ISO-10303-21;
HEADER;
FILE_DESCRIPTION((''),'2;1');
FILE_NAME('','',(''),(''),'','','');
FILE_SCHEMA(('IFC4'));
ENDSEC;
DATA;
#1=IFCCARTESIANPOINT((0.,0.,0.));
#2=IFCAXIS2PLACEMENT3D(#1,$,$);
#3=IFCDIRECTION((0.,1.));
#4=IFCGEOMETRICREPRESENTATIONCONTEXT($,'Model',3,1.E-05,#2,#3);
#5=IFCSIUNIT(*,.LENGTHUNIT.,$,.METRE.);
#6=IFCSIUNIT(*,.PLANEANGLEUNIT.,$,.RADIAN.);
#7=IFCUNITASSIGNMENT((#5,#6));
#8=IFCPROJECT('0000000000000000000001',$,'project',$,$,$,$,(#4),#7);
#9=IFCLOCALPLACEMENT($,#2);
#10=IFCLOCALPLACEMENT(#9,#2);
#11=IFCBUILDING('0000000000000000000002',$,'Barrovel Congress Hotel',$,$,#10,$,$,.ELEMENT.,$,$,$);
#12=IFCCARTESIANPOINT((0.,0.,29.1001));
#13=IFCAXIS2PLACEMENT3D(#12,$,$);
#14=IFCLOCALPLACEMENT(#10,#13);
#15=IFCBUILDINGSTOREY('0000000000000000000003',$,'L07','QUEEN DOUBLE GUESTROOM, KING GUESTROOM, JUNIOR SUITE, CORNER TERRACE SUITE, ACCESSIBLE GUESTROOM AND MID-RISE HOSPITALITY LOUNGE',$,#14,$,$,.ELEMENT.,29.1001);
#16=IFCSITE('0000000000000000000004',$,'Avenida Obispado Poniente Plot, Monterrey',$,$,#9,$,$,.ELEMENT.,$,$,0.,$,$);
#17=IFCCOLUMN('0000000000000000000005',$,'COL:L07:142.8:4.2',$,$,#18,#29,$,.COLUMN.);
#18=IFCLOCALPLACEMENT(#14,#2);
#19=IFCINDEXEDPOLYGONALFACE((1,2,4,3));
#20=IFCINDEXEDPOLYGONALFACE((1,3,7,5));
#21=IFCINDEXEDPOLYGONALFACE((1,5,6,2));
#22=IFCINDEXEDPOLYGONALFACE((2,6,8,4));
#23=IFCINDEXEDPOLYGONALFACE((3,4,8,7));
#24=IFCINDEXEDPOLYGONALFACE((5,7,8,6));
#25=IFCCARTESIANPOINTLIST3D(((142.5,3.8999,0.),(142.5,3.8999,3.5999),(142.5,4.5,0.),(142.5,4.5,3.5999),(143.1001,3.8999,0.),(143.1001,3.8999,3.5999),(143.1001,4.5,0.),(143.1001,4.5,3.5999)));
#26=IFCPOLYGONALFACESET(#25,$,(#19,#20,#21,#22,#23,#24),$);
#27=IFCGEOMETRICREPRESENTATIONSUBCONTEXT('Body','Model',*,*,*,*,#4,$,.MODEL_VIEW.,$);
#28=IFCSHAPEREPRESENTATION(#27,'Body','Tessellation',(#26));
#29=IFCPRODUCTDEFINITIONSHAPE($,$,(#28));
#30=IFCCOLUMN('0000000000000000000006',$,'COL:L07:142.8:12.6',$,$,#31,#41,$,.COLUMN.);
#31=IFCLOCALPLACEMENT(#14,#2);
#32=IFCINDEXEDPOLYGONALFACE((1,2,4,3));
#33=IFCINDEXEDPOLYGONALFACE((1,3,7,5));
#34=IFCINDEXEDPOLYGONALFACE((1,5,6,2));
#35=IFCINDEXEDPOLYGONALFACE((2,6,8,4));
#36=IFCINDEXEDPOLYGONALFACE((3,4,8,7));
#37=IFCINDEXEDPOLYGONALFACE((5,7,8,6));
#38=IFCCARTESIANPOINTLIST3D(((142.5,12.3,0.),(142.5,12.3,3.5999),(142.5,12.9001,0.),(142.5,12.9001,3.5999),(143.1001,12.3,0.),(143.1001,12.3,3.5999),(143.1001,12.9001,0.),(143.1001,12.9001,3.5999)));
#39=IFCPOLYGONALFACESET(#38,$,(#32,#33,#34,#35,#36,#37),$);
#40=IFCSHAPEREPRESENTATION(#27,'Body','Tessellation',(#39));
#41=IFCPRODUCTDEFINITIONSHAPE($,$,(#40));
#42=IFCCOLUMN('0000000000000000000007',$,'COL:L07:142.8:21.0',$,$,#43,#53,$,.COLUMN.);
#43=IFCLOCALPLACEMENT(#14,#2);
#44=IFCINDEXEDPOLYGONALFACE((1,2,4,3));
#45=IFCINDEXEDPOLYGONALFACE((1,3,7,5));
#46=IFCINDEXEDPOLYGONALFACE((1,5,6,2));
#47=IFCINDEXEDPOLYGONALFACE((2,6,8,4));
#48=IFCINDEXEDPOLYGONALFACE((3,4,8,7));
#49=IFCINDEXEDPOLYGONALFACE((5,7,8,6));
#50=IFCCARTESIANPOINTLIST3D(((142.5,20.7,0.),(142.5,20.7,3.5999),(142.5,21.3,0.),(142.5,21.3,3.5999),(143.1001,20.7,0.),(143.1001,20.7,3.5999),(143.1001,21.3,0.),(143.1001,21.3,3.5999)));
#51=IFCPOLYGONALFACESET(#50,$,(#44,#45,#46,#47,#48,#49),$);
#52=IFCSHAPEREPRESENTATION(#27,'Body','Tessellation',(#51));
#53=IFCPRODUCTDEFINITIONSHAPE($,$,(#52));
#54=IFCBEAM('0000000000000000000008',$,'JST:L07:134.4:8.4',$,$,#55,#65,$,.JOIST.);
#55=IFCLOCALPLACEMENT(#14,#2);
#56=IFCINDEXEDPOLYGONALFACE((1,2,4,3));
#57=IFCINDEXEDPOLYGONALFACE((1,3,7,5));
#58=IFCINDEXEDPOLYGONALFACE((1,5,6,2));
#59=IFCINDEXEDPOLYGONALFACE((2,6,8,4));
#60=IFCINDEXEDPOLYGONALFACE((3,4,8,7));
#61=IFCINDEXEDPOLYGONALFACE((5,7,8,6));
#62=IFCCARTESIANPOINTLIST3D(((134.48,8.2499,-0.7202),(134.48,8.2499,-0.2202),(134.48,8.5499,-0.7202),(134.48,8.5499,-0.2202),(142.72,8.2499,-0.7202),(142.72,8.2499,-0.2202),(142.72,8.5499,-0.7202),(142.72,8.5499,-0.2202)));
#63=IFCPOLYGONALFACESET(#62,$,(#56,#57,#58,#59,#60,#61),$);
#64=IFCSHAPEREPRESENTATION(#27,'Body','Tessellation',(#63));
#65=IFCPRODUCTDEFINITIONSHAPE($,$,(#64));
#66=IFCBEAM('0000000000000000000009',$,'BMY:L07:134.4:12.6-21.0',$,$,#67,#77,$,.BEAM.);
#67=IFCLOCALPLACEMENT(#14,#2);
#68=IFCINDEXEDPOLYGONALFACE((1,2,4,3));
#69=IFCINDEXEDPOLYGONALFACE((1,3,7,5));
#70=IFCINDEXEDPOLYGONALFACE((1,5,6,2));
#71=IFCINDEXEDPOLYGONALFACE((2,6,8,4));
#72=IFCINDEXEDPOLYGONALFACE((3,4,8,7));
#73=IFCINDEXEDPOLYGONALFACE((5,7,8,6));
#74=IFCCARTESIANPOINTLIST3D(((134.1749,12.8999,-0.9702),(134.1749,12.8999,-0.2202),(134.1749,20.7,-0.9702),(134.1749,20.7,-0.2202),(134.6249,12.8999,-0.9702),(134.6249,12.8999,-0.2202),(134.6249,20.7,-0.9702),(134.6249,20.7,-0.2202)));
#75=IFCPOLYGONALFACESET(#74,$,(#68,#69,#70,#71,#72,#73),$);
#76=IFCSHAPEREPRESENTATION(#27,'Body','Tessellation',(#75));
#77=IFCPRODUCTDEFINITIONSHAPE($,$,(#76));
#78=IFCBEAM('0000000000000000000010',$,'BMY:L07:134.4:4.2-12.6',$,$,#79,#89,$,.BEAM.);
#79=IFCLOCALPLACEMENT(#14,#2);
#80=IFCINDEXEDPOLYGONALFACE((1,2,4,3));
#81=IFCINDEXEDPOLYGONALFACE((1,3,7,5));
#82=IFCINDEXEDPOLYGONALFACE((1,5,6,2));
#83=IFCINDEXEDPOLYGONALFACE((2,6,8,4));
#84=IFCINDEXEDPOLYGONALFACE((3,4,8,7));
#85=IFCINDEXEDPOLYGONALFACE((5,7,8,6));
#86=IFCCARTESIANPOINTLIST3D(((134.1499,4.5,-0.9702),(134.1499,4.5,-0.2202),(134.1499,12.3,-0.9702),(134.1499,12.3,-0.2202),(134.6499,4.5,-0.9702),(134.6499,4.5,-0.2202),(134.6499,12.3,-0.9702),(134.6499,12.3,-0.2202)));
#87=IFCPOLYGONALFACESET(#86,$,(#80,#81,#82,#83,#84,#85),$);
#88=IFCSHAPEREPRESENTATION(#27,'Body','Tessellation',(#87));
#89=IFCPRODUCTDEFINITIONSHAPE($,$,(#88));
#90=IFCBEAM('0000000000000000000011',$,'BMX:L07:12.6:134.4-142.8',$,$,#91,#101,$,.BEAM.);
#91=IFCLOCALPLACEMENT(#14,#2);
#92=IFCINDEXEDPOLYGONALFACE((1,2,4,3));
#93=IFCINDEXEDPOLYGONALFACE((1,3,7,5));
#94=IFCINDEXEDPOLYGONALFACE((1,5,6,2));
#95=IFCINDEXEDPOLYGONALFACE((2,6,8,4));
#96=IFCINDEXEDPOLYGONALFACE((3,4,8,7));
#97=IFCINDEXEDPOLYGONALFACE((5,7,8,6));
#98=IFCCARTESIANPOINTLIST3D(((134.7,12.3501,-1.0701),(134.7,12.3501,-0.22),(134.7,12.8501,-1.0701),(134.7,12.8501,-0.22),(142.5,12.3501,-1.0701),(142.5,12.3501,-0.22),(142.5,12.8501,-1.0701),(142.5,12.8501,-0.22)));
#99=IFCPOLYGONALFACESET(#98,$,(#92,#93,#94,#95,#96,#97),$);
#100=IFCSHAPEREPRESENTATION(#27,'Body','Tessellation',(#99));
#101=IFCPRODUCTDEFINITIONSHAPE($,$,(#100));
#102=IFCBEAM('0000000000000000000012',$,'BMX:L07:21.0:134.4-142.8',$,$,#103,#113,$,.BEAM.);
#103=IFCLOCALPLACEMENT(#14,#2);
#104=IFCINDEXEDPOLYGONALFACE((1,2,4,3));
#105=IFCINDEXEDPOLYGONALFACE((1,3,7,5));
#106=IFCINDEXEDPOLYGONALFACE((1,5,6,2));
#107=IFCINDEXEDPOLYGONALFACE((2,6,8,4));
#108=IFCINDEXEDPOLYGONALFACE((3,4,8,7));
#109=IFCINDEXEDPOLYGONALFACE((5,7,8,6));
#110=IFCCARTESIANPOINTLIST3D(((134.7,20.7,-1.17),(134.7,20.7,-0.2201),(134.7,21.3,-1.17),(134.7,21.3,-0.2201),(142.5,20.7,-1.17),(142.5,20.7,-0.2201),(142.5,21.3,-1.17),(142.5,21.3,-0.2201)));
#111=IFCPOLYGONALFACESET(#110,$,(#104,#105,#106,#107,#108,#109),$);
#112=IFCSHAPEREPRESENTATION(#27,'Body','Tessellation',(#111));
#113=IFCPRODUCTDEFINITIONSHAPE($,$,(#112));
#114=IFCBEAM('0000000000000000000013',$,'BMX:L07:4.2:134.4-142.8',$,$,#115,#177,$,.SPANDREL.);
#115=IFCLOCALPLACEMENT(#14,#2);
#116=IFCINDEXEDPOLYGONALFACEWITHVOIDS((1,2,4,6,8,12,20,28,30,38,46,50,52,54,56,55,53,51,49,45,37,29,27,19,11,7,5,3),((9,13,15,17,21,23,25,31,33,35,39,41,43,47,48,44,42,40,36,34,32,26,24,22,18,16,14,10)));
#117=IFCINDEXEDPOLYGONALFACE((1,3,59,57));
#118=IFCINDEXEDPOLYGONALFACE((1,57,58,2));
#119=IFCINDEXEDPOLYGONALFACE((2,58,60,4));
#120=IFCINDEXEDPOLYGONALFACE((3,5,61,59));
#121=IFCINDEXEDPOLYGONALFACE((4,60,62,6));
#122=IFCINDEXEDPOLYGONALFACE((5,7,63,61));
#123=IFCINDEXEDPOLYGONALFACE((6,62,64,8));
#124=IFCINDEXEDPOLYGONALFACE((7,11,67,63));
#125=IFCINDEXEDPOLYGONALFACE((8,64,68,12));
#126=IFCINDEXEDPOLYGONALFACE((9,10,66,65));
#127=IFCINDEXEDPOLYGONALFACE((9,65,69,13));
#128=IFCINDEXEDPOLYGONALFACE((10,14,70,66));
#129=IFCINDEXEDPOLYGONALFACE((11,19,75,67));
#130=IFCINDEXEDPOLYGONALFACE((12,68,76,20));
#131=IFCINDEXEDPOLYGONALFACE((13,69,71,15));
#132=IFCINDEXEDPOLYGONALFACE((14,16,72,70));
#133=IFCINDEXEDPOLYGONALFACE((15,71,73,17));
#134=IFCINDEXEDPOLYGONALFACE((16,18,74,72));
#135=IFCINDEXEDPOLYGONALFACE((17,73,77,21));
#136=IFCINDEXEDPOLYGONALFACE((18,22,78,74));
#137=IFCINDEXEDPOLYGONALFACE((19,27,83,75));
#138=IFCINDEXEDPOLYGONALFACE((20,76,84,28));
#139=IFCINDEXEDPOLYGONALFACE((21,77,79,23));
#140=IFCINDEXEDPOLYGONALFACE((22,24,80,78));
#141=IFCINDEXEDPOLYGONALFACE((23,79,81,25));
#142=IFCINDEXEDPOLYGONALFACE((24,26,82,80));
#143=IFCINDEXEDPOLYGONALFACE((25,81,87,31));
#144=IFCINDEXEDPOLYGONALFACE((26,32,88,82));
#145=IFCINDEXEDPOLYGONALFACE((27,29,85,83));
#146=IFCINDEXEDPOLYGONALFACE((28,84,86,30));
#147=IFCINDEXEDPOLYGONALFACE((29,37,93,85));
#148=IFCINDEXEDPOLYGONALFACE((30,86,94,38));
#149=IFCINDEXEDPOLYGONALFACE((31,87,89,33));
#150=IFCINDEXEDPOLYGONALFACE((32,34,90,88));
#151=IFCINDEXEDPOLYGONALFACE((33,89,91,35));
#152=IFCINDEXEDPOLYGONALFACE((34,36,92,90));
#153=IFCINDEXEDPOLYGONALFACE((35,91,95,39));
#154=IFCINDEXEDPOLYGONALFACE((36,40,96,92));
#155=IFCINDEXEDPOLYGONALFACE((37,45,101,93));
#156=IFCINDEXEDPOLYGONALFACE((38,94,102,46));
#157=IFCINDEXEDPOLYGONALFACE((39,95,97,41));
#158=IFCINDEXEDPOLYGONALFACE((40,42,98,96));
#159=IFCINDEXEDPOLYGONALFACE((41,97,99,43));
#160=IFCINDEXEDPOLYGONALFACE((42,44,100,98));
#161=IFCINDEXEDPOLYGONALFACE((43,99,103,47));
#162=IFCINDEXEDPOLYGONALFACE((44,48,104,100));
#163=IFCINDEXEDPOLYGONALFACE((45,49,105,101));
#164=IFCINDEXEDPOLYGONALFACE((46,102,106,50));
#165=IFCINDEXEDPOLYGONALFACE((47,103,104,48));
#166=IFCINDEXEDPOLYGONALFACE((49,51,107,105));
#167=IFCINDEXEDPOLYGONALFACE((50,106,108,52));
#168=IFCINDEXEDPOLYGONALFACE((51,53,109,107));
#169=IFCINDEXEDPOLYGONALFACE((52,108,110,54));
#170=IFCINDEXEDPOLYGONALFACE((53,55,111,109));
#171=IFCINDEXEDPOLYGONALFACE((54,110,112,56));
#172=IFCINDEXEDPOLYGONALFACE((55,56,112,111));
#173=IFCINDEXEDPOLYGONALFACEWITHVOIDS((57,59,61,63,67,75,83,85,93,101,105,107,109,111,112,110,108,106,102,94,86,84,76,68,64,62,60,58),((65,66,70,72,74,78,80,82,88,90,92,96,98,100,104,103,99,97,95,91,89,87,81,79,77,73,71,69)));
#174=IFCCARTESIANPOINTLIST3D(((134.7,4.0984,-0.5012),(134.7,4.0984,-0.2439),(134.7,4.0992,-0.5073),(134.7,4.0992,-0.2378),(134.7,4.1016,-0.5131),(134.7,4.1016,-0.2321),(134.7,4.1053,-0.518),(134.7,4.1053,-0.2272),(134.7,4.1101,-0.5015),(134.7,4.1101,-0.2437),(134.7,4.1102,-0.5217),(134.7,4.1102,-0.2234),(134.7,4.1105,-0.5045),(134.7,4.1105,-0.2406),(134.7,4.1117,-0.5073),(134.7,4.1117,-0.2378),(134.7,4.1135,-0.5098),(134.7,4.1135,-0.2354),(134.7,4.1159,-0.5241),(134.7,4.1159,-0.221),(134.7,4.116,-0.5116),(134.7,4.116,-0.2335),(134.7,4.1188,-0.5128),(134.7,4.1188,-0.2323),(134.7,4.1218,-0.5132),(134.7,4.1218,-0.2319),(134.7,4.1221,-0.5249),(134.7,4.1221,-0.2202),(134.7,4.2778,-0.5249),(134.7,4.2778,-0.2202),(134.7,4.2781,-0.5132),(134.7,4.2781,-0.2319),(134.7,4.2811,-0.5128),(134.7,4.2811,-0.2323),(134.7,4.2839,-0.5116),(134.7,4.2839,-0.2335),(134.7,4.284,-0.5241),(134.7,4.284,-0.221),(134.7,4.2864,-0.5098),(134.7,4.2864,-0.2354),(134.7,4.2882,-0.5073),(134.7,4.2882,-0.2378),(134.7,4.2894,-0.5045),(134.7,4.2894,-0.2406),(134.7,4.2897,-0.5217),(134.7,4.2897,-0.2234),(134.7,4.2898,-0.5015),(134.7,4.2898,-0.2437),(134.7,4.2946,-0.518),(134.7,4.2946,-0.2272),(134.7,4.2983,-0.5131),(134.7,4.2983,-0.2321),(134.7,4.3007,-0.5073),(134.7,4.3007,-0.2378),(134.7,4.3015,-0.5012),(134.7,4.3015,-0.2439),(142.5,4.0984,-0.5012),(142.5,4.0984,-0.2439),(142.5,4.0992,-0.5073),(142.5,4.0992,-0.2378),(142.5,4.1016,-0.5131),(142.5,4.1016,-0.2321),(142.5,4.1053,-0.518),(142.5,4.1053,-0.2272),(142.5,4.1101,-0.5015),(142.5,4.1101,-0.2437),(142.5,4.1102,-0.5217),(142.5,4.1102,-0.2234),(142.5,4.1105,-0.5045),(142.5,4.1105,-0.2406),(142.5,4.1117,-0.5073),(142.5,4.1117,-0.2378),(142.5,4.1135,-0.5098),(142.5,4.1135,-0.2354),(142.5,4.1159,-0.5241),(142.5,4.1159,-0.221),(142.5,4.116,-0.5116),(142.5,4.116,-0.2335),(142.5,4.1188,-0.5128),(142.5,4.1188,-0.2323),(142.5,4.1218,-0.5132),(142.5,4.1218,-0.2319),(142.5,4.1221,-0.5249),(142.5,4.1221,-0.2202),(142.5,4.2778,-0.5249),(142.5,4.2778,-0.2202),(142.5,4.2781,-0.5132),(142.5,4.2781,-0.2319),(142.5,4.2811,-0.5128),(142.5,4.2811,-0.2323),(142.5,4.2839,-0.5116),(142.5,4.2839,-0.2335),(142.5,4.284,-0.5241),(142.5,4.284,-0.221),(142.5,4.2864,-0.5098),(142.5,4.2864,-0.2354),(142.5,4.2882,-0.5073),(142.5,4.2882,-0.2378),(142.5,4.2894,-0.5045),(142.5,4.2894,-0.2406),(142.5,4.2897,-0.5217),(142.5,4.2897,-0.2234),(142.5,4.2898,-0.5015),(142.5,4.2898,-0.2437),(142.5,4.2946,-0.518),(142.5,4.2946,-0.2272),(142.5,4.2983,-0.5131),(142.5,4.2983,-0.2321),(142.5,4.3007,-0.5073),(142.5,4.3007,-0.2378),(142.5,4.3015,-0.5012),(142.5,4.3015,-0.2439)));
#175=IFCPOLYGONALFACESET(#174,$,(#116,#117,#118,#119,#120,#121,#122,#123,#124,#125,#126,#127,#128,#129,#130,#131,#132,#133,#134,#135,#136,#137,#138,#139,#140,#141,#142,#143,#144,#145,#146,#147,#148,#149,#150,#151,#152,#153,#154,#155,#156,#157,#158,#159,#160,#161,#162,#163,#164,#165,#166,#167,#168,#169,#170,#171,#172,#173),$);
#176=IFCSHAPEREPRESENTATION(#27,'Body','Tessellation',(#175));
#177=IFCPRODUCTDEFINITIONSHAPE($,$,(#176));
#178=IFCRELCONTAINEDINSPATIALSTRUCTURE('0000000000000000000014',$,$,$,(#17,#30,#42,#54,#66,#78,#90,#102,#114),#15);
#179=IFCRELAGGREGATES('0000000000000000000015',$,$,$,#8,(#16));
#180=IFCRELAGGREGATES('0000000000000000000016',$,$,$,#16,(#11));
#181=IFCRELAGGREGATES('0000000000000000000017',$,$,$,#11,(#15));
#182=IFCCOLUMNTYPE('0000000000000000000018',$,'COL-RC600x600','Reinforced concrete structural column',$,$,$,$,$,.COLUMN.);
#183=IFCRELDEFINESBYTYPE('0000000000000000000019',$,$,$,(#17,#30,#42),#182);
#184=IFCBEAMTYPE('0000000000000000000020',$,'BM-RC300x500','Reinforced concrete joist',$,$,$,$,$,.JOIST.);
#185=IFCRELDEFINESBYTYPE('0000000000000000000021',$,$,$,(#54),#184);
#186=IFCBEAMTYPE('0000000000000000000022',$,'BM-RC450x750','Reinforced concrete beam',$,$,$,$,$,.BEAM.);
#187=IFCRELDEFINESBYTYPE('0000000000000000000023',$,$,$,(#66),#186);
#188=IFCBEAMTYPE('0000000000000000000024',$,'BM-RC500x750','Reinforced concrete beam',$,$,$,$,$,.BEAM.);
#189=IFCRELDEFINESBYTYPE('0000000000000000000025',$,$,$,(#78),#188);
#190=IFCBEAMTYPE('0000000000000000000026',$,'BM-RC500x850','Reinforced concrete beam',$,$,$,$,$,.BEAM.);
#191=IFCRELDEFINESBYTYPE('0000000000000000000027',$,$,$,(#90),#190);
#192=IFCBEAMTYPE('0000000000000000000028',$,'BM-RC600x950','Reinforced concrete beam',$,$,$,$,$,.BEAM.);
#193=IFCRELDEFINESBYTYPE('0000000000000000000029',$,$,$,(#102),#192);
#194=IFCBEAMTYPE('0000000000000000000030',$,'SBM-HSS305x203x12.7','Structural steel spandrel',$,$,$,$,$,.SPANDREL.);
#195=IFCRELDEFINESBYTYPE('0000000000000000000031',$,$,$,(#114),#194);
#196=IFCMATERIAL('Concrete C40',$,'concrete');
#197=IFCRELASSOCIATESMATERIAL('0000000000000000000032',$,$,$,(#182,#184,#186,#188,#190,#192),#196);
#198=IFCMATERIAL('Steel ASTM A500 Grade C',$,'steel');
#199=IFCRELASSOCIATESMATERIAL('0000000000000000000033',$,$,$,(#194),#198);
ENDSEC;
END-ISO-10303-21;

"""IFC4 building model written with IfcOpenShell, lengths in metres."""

from ifc_helpers import new_model, si_unit, direction, frame, origin, origin_2d, place, context, subcontext, project, spatial, rectangle, hollow_rectangle, extrude, material, material_profile, profile_set, type_object, element, save


model = new_model("IFC4")

# Units and contexts
model_context = context("Model", 3, precision=1e-05, world=origin(), true_north=direction((0.0, 1.0)))
body_context = subcontext(model_context, "Body", "Model", "MODEL_VIEW")
ifc_project = project(units=[si_unit("LENGTHUNIT", "METRE"), si_unit("PLANEANGLEUNIT", "RADIAN")], contexts=[model_context])

# Site, building, storey
site_placement = place(None, origin())
site = spatial("IfcSite", under=ifc_project, at=site_placement, Name="Avenida Obispado Poniente Plot, Monterrey", CompositionType="ELEMENT", RefElevation=0.0)
building_placement = place(site_placement, origin())
building = spatial("IfcBuilding", under=site, at=building_placement, Name="Barrovel Congress Hotel", CompositionType="ELEMENT")
storey_placement = place(building_placement, frame((0.0, 0.0, 29.1001)))
storey = spatial("IfcBuildingStorey", under=building, at=storey_placement, Name="L07", Description="QUEEN DOUBLE GUESTROOM, KING GUESTROOM, JUNIOR SUITE, CORNER TERRACE SUITE, ACCESSIBLE GUESTROOM AND MID-RISE HOSPITALITY LOUNGE", CompositionType="ELEMENT", Elevation=29.1001)

# Columns
ifc_material_1 = material(Name="Concrete C40", Category="concrete")
ifc_material_profile_1 = material_profile(ifc_material_1, rectangle(XDim=0.6001, YDim=0.6001, at=origin_2d()), Name="RC600x600")
ifc_profile_set_1 = profile_set([ifc_material_profile_1], Name="Concrete C40")
column_type = type_object("IfcColumnType", Name="COL-RC600x600", Description="Reinforced concrete structural column", PredefinedType="COLUMN", material=ifc_profile_set_1)
for number, where, z_axis, x_axis, name in (
    (1, (142.8, 4.2, 0.0), (0.0, 0.0, 1.0), (1.0, 0.0, 0.0), "COL:L07:142.8:4.2"),
    (2, (142.8, 12.6001, 0.0), (0.0, 0.0, 1.0), (1.0, 0.0, 0.0), "COL:L07:142.8:12.6"),
    (3, (142.8, 21.0, 0.0), (0.0, 0.0, 1.0), (1.0, 0.0, 0.0), "COL:L07:142.8:21.0"),
):
    element("IfcColumn", number, at=place(storey_placement, frame(where, z_axis=z_axis, x_axis=x_axis)), inside=storey, type_object=column_type, Name=name, PredefinedType="COLUMN", context=body_context, shape_type="SweptSolid", body=[
        extrude(rectangle(XDim=0.6001, YDim=0.6001, at=origin_2d()), origin(), (0.0, 0.0, 1.0), 3.5999),
    ])

# Beams
ifc_material_profile_2 = material_profile(ifc_material_1, rectangle(XDim=0.3, YDim=0.5, at=origin_2d()), Name="RC300x500")
ifc_profile_set_2 = profile_set([ifc_material_profile_2], Name="Concrete C40")
beam_type_1 = type_object("IfcBeamType", Name="BM-RC300x500", Description="Reinforced concrete joist", PredefinedType="JOIST", material=ifc_profile_set_2)
beam_1_placement = place(storey_placement, frame((134.48, 8.3999, -0.4702), z_axis=(1.0, 0.0, 0.0), x_axis=(0.0, 1.0, 0.0)))
element("IfcBeam", 4, at=beam_1_placement, inside=storey, type_object=beam_type_1, Name="JST:L07:134.4:8.4", PredefinedType="JOIST", context=body_context, shape_type="SweptSolid", body=[
    extrude(rectangle(XDim=0.3, YDim=0.5, at=origin_2d()), origin(), (0.0, 0.0, 1.0), 8.24),
])
ifc_material_profile_3 = material_profile(ifc_material_1, rectangle(XDim=0.45, YDim=0.75, at=origin_2d()), Name="RC450x750")
ifc_profile_set_3 = profile_set([ifc_material_profile_3], Name="Concrete C40")
beam_type_2 = type_object("IfcBeamType", Name="BM-RC450x750", Description="Reinforced concrete beam", PredefinedType="BEAM", material=ifc_profile_set_3)
beam_2_placement = place(storey_placement, frame((134.3999, 12.8999, -0.5952), z_axis=(0.0, 1.0, 0.0), x_axis=(-1.0, 0.0, 0.0)))
element("IfcBeam", 5, at=beam_2_placement, inside=storey, type_object=beam_type_2, Name="BMY:L07:134.4:12.6-21.0", PredefinedType="BEAM", context=body_context, shape_type="SweptSolid", body=[
    extrude(rectangle(XDim=0.45, YDim=0.75, at=origin_2d()), origin(), (0.0, 0.0, 1.0), 7.8),
])
ifc_material_profile_4 = material_profile(ifc_material_1, rectangle(XDim=0.5, YDim=0.75, at=origin_2d()), Name="RC500x750")
ifc_profile_set_4 = profile_set([ifc_material_profile_4], Name="Concrete C40")
beam_type_3 = type_object("IfcBeamType", Name="BM-RC500x750", Description="Reinforced concrete beam", PredefinedType="BEAM", material=ifc_profile_set_4)
beam_3_placement = place(storey_placement, frame((134.3999, 4.5, -0.5952), z_axis=(0.0, 1.0, 0.0), x_axis=(-1.0, 0.0, 0.0)))
element("IfcBeam", 6, at=beam_3_placement, inside=storey, type_object=beam_type_3, Name="BMY:L07:134.4:4.2-12.6", PredefinedType="BEAM", context=body_context, shape_type="SweptSolid", body=[
    extrude(rectangle(XDim=0.5, YDim=0.75, at=origin_2d()), origin(), (0.0, 0.0, 1.0), 7.8),
])
ifc_material_profile_5 = material_profile(ifc_material_1, rectangle(XDim=0.5, YDim=0.8501, at=origin_2d()), Name="RC500x850")
ifc_profile_set_5 = profile_set([ifc_material_profile_5], Name="Concrete C40")
beam_type_4 = type_object("IfcBeamType", Name="BM-RC500x850", Description="Reinforced concrete beam", PredefinedType="BEAM", material=ifc_profile_set_5)
beam_4_placement = place(storey_placement, frame((134.7, 12.6001, -0.645), z_axis=(1.0, 0.0, 0.0), x_axis=(0.0, 1.0, 0.0)))
element("IfcBeam", 7, at=beam_4_placement, inside=storey, type_object=beam_type_4, Name="BMX:L07:12.6:134.4-142.8", PredefinedType="BEAM", context=body_context, shape_type="SweptSolid", body=[
    extrude(rectangle(XDim=0.5, YDim=0.8501, at=origin_2d()), origin(), (0.0, 0.0, 1.0), 7.8),
])
ifc_material_profile_6 = material_profile(ifc_material_1, rectangle(XDim=0.6001, YDim=0.95, at=origin_2d()), Name="RC600x950")
ifc_profile_set_6 = profile_set([ifc_material_profile_6], Name="Concrete C40")
beam_type_5 = type_object("IfcBeamType", Name="BM-RC600x950", Description="Reinforced concrete beam", PredefinedType="BEAM", material=ifc_profile_set_6)
beam_5_placement = place(storey_placement, frame((134.7, 21.0, -0.6951), z_axis=(1.0, 0.0, 0.0), x_axis=(0.0, 1.0, 0.0)))
element("IfcBeam", 8, at=beam_5_placement, inside=storey, type_object=beam_type_5, Name="BMX:L07:21.0:134.4-142.8", PredefinedType="BEAM", context=body_context, shape_type="SweptSolid", body=[
    extrude(rectangle(XDim=0.6001, YDim=0.95, at=origin_2d()), origin(), (0.0, 0.0, 1.0), 7.8),
])
ifc_material_2 = material(Name="Steel ASTM A500 Grade C", Category="steel")
ifc_material_profile_7 = material_profile(ifc_material_2, hollow_rectangle(XDim=0.2031, YDim=0.3047, WallThickness=0.0117, InnerFilletRadius=0.0117, OuterFilletRadius=0.0237, at=origin_2d()), Name="HSS305x203x12.7")
ifc_profile_set_7 = profile_set([ifc_material_profile_7], Name="Steel ASTM A500 Grade C")
beam_type_6 = type_object("IfcBeamType", Name="SBM-HSS305x203x12.7", Description="Structural steel spandrel", PredefinedType="SPANDREL", material=ifc_profile_set_7)
beam_6_placement = place(storey_placement, frame((134.7, 4.2, -0.3726), z_axis=(1.0, 0.0, 0.0), x_axis=(0.0, 1.0, 0.0)))
element("IfcBeam", 9, at=beam_6_placement, inside=storey, type_object=beam_type_6, Name="BMX:L07:4.2:134.4-142.8", PredefinedType="SPANDREL", context=body_context, shape_type="SweptSolid", body=[
    extrude(hollow_rectangle(XDim=0.2031, YDim=0.3047, WallThickness=0.0117, InnerFilletRadius=0.0117, OuterFilletRadius=0.0237, at=origin_2d()), origin(), (0.0, 0.0, 1.0), 7.8),
])

save(model, "model.ifc")
